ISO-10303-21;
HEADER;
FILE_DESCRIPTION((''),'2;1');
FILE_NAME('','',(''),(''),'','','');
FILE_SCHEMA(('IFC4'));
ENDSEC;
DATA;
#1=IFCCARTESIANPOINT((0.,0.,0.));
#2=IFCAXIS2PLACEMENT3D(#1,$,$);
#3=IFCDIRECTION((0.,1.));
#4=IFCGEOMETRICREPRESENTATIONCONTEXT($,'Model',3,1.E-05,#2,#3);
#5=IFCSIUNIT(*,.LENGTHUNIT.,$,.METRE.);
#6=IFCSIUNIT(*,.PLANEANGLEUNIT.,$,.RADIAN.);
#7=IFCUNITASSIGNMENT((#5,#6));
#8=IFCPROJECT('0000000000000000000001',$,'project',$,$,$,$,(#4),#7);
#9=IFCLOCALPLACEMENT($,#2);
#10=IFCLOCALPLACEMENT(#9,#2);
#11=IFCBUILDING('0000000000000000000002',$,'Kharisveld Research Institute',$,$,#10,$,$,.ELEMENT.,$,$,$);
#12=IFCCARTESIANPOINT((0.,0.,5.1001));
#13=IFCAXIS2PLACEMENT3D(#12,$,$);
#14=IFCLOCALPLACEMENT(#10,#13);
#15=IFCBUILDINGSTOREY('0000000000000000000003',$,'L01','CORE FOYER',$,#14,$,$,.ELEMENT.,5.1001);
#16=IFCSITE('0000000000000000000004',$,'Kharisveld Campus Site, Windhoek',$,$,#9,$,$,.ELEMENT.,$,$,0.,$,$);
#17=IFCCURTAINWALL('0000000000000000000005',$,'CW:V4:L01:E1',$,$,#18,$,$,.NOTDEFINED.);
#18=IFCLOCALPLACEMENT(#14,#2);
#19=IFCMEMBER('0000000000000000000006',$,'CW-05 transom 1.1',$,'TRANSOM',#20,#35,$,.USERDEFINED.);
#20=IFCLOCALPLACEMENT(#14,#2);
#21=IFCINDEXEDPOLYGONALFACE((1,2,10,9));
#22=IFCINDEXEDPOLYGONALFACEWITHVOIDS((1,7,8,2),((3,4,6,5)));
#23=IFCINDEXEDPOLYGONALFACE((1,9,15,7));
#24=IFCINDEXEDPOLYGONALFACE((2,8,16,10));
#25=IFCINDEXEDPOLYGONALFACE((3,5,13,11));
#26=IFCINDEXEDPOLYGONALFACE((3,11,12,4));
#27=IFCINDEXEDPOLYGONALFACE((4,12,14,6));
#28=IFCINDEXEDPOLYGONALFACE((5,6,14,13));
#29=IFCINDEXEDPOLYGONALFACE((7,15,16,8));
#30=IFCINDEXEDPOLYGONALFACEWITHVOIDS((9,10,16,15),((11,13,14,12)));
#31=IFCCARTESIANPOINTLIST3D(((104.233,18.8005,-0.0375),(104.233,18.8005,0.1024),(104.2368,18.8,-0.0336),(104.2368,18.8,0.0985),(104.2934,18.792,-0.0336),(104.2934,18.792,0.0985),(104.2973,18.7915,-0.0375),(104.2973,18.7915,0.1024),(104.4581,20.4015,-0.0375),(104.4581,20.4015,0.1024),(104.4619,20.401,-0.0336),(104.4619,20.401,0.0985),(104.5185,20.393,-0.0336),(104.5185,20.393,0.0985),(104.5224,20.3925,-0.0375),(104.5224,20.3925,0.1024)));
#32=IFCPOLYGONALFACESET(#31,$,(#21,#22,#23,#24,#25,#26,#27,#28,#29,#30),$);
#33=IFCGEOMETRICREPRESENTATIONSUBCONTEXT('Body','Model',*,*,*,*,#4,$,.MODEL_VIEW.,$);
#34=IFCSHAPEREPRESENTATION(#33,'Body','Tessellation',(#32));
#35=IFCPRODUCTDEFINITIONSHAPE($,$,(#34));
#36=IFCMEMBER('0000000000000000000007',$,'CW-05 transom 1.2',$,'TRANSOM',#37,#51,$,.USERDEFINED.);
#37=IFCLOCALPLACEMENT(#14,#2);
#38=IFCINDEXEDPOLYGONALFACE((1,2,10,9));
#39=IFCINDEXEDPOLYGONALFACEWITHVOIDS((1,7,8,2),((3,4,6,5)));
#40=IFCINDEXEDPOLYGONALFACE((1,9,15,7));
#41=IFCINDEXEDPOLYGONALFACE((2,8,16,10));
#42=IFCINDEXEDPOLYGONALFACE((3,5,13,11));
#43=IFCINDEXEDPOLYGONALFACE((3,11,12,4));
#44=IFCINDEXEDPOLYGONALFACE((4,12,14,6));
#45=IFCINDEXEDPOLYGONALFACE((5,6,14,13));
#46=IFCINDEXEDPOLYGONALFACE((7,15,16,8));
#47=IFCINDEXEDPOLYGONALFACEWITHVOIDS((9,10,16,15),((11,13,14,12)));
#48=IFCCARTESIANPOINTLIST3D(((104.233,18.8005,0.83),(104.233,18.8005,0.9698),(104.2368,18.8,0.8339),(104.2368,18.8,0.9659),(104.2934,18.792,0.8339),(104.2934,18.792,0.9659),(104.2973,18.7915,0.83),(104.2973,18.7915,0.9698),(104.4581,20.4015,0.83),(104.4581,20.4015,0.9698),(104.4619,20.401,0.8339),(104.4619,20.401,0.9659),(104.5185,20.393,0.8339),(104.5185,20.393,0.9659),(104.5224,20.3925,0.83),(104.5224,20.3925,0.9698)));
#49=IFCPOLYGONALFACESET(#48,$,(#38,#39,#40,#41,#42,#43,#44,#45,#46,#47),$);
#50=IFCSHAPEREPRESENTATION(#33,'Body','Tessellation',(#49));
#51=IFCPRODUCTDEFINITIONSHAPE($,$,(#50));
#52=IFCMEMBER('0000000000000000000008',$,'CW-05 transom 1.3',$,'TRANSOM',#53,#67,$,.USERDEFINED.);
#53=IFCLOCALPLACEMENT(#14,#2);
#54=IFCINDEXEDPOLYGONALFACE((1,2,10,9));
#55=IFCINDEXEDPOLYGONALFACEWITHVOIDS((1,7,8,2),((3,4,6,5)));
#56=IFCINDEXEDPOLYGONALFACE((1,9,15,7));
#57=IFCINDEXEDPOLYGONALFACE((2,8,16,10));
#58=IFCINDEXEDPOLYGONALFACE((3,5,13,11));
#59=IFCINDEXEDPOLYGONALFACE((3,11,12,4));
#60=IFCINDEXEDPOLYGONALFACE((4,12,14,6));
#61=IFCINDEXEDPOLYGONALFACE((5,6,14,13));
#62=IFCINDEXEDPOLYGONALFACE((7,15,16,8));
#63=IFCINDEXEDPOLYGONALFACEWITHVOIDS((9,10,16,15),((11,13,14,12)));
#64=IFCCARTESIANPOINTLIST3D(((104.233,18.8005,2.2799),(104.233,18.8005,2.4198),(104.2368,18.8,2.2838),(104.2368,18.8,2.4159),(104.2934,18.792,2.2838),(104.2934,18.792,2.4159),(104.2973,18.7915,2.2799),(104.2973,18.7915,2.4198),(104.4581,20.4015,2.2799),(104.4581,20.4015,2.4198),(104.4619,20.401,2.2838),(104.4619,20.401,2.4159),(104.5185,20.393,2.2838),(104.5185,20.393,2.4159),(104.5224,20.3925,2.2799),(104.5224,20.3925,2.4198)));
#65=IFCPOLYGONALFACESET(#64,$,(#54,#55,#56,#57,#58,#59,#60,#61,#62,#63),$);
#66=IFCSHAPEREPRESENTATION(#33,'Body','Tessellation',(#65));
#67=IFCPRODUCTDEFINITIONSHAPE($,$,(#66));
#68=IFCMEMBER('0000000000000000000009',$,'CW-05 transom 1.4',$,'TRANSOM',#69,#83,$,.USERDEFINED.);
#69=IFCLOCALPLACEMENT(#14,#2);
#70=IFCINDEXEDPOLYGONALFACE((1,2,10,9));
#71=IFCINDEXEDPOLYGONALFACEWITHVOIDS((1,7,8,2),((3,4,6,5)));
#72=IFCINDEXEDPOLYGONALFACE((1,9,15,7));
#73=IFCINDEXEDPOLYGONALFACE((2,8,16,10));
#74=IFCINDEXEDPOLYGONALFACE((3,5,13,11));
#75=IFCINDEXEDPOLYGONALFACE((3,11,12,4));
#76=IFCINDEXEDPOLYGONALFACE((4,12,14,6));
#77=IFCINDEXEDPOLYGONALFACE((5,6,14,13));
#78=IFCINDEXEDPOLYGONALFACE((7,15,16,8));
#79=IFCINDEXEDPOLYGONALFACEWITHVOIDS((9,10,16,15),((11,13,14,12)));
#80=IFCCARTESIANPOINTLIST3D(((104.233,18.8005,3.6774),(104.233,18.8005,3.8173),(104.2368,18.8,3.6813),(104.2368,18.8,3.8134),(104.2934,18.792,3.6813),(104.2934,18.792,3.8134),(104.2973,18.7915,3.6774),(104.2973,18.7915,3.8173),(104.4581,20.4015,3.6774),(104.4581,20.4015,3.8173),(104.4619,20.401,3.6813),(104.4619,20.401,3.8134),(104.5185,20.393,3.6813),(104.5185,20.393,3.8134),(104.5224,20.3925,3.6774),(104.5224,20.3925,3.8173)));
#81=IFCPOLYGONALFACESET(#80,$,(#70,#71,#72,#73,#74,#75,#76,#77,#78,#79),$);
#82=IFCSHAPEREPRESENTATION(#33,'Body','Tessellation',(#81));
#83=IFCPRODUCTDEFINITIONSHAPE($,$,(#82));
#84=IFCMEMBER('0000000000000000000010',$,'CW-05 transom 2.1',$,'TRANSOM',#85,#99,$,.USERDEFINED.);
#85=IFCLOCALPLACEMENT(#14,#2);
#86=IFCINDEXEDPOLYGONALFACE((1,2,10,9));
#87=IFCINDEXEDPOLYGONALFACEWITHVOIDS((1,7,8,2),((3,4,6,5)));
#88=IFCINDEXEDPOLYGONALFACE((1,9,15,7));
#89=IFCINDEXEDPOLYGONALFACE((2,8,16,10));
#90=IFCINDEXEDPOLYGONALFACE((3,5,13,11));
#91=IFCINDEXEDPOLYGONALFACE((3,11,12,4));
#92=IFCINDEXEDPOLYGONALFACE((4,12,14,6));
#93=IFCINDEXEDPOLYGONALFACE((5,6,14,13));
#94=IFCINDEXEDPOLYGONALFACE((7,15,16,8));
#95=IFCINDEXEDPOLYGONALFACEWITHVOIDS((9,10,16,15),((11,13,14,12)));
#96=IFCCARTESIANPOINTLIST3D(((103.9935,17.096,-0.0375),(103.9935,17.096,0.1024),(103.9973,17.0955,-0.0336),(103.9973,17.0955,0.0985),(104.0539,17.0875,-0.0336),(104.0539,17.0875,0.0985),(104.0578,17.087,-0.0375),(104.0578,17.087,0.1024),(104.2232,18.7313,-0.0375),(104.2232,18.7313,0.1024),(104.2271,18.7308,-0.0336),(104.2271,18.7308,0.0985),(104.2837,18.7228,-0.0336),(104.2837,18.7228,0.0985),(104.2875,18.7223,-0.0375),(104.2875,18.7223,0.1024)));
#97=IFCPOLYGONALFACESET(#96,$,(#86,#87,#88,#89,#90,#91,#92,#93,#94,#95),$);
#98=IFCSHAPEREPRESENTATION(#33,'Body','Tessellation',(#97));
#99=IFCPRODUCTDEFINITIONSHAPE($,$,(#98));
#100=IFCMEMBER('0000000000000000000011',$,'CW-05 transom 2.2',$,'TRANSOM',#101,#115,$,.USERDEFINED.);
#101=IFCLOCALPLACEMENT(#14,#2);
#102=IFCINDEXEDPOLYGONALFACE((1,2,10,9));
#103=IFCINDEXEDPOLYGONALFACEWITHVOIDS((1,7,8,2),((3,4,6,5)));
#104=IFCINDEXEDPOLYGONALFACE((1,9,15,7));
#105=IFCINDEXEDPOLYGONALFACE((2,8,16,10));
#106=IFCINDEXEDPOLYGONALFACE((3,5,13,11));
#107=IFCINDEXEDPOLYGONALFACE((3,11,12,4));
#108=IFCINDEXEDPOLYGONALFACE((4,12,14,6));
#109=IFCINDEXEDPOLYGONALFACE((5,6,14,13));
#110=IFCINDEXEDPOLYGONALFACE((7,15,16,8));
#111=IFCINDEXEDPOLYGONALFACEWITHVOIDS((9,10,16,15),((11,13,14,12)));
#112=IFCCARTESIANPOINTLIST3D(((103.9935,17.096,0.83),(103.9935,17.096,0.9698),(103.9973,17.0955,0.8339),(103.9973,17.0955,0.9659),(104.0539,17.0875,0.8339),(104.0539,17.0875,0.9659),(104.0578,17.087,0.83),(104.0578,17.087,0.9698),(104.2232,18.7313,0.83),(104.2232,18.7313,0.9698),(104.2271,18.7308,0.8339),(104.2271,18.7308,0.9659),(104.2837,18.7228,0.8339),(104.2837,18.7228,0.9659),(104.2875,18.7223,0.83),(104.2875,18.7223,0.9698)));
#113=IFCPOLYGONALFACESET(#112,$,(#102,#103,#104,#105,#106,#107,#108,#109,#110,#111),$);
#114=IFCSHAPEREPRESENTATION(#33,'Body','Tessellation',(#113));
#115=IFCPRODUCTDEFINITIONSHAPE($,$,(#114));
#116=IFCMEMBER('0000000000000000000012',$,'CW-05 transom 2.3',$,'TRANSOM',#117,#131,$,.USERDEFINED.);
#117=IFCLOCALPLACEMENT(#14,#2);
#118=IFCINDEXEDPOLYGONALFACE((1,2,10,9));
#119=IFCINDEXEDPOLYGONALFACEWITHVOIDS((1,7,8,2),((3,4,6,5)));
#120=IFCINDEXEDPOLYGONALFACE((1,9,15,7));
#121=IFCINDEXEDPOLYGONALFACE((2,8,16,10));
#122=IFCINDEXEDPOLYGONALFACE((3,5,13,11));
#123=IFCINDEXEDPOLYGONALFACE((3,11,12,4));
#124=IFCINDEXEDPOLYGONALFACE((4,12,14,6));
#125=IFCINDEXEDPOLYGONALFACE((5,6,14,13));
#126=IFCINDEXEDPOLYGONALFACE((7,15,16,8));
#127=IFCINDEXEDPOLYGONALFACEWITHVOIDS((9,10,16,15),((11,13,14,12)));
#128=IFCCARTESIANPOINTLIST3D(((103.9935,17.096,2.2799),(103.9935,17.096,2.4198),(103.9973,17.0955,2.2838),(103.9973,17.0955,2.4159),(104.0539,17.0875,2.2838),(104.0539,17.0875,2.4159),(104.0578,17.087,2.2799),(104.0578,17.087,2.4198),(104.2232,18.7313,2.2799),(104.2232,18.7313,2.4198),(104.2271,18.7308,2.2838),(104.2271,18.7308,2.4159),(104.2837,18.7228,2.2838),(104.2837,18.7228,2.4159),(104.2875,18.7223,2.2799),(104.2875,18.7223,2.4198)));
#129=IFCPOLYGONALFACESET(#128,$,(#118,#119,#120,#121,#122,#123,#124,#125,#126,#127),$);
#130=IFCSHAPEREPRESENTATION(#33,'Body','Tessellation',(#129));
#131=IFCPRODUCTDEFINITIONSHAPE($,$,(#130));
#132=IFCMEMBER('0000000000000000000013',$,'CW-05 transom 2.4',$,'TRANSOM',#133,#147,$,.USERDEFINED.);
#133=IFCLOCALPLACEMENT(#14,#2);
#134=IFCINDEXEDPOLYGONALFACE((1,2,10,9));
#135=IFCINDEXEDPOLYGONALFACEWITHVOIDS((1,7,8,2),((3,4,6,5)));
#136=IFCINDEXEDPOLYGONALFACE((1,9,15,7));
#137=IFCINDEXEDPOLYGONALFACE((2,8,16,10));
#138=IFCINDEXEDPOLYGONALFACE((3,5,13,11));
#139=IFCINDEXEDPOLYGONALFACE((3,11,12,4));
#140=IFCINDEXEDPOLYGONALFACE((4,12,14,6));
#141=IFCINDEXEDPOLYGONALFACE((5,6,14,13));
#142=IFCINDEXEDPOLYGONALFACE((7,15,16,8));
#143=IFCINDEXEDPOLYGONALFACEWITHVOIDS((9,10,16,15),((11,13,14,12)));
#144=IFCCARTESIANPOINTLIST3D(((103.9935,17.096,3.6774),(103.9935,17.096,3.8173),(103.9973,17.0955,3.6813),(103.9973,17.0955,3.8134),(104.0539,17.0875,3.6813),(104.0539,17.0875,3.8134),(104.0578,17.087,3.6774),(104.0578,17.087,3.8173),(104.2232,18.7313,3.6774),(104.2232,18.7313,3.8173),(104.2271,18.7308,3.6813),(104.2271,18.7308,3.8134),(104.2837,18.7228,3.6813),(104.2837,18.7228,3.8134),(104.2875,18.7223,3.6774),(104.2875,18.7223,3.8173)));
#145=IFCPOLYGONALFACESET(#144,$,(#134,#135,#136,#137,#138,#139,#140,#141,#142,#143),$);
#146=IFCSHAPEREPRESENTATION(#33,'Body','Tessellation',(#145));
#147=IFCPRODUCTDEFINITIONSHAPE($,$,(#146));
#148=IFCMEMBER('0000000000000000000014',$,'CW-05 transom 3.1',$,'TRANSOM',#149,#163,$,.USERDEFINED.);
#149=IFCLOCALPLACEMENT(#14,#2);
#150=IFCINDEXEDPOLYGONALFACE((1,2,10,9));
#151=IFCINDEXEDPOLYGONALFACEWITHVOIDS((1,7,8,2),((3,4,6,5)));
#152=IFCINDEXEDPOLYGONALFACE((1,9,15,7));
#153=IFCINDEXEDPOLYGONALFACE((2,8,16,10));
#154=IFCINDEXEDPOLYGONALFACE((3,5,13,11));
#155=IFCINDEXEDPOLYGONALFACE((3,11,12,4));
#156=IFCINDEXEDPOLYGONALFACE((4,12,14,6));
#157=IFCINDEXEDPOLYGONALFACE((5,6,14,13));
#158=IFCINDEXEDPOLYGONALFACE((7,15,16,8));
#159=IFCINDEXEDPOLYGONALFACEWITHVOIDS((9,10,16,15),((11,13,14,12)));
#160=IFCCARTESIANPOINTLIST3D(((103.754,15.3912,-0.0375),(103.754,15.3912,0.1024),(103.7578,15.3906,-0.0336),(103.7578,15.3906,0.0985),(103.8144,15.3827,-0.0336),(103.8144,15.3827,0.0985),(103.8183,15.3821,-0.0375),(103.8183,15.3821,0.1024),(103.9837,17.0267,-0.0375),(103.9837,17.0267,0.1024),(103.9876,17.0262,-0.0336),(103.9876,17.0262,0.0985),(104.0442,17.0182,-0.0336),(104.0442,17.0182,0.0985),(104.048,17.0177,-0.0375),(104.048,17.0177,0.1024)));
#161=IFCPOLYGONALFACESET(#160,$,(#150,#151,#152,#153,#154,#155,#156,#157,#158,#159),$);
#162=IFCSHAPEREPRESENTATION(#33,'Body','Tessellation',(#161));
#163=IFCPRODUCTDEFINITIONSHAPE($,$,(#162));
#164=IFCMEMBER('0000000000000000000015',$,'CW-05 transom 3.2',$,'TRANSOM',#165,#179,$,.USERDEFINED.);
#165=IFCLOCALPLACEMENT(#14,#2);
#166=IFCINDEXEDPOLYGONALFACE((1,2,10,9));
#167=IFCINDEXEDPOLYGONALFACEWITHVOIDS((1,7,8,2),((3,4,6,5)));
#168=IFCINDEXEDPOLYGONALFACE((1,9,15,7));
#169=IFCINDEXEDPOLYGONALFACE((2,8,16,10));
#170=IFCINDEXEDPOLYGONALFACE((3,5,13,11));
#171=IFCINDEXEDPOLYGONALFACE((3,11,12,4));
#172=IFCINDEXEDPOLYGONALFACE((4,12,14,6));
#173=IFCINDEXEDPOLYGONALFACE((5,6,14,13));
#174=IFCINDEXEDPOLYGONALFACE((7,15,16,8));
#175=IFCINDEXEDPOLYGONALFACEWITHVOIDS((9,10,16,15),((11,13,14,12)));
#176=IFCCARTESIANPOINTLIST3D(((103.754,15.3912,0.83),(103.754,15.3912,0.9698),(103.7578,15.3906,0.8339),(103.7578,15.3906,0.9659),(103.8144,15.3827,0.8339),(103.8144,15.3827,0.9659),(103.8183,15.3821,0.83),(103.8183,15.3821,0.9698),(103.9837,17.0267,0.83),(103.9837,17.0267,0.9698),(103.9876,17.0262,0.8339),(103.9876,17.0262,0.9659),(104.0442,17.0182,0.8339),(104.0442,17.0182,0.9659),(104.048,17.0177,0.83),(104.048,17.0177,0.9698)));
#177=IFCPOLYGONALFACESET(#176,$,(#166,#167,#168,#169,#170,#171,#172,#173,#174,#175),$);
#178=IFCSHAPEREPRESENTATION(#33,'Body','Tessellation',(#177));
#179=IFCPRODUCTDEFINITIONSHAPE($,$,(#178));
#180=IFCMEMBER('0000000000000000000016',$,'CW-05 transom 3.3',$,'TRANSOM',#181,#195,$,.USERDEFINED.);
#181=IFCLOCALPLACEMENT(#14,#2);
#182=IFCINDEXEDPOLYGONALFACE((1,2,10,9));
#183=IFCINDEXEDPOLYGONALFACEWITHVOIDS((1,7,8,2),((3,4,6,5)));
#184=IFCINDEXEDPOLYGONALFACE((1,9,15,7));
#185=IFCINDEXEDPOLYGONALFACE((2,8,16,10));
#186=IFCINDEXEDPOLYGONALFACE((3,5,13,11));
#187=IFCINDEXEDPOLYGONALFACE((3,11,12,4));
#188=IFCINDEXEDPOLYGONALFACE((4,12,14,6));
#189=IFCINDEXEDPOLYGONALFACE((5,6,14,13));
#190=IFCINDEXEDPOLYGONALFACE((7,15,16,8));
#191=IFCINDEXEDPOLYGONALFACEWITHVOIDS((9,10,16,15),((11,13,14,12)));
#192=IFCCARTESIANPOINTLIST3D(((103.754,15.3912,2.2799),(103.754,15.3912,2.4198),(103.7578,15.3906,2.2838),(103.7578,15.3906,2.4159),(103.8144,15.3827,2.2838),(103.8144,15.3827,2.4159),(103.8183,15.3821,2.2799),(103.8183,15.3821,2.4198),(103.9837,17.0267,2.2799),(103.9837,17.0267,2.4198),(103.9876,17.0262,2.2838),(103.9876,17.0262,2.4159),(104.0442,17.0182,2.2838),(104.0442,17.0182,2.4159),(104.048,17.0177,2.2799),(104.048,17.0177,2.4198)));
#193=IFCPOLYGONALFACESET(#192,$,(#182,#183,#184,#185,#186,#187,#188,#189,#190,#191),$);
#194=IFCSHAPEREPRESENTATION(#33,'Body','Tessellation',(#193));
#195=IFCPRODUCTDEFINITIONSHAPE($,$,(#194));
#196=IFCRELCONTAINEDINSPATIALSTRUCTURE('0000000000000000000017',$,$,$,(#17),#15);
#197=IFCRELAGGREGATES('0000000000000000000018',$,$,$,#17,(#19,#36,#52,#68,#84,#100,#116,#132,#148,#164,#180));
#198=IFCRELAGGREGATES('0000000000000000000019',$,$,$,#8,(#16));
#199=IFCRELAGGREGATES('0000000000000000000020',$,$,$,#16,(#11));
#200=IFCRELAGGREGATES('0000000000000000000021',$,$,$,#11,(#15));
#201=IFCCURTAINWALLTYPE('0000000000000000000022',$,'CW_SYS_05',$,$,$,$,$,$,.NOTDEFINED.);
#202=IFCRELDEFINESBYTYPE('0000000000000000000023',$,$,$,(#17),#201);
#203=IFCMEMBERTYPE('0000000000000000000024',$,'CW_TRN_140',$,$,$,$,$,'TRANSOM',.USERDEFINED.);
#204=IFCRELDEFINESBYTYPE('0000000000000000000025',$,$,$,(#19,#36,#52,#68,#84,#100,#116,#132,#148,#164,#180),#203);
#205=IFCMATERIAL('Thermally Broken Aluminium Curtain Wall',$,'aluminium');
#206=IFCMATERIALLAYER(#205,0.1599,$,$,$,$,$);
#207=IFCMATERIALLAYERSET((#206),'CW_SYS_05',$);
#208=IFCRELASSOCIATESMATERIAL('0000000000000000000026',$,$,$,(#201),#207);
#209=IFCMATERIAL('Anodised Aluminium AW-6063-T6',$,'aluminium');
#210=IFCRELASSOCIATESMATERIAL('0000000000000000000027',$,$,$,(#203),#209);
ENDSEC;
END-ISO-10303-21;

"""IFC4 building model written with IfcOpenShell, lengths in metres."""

from ifc_helpers import new_model, si_unit, direction, frame, origin, origin_2d, place, context, subcontext, project, spatial, hollow_rectangle, extrude, material, layer, layer_set, material_profile, profile_set, type_object, element, aggregate, save


model = new_model("IFC4")

# Units and contexts
model_context = context("Model", 3, precision=1e-05, world=origin(), true_north=direction((0.0, 1.0)))
body_context = subcontext(model_context, "Body", "Model", "MODEL_VIEW")
ifc_project = project(units=[si_unit("LENGTHUNIT", "METRE"), si_unit("PLANEANGLEUNIT", "RADIAN")], contexts=[model_context])

# Site, building, storey
site_placement = place(None, origin())
site = spatial("IfcSite", under=ifc_project, at=site_placement, Name="Kharisveld Campus Site, Windhoek", CompositionType="ELEMENT", RefElevation=0.0)
building_placement = place(site_placement, origin())
building = spatial("IfcBuilding", under=site, at=building_placement, Name="Kharisveld Research Institute", CompositionType="ELEMENT")
storey_placement = place(building_placement, frame((0.0, 0.0, 5.1001)))
storey = spatial("IfcBuildingStorey", under=building, at=storey_placement, Name="L01", Description="CORE FOYER", CompositionType="ELEMENT", Elevation=5.1001)

# Curtain wall, members
ifc_material_1 = material(Name="Thermally Broken Aluminium Curtain Wall", Category="aluminium")
ifc_layer_1 = layer(ifc_material_1, 0.1599)
ifc_layer_set_1 = layer_set([ifc_layer_1], Name="CW_SYS_05")
curtain_wall_type = type_object("IfcCurtainWallType", Name="CW_SYS_05", PredefinedType="NOTDEFINED", material=ifc_layer_set_1)
curtain_wall_placement = place(storey_placement, origin())
curtain_wall = element("IfcCurtainWall", 1, at=curtain_wall_placement, inside=storey, type_object=curtain_wall_type, Name="CW:V4:L01:E1", PredefinedType="NOTDEFINED")
ifc_material_2 = material(Name="Anodised Aluminium AW-6063-T6", Category="aluminium")
ifc_material_profile_1 = material_profile(ifc_material_2, hollow_rectangle(XDim=0.0649, YDim=0.1399, WallThickness=0.0039, at=origin_2d()))
ifc_profile_set_1 = profile_set([ifc_material_profile_1], Name="Anodised Aluminium AW-6063-T6")
member_type_1 = type_object("IfcMemberType", Name="CW_TRN_140", ElementType="TRANSOM", PredefinedType="USERDEFINED", material=ifc_profile_set_1)
member_1_placement = place(storey_placement, frame((104.4902, 20.397, 0.0325), z_axis=(-0.139243, -0.990258, 0.0), x_axis=(0.990258, -0.139243, 0.0)))
member_1 = element("IfcMember", 2, at=member_1_placement, type_object=member_type_1, Name="CW-05 transom 1.1", ObjectType="TRANSOM", PredefinedType="USERDEFINED", context=body_context, shape_type="SweptSolid", body=[
    extrude(hollow_rectangle(XDim=0.0649, YDim=0.1399, WallThickness=0.0039, at=origin_2d()), origin(), (0.0, 0.0, 1.0), 1.6167),
])
member_2_placement = place(storey_placement, frame((104.4902, 20.397, 0.8999), z_axis=(-0.139243, -0.990258, 0.0), x_axis=(0.990258, -0.139243, 0.0)))
member_2 = element("IfcMember", 3, at=member_2_placement, type_object=member_type_1, Name="CW-05 transom 1.2", ObjectType="TRANSOM", PredefinedType="USERDEFINED", context=body_context, shape_type="SweptSolid", body=[
    extrude(hollow_rectangle(XDim=0.0649, YDim=0.1399, WallThickness=0.0039, at=origin_2d()), origin(), (0.0, 0.0, 1.0), 1.6167),
])
member_3_placement = place(storey_placement, frame((104.4902, 20.397, 2.3499), z_axis=(-0.139243, -0.990258, 0.0), x_axis=(0.990258, -0.139243, 0.0)))
member_3 = element("IfcMember", 4, at=member_3_placement, type_object=member_type_1, Name="CW-05 transom 1.3", ObjectType="TRANSOM", PredefinedType="USERDEFINED", context=body_context, shape_type="SweptSolid", body=[
    extrude(hollow_rectangle(XDim=0.0649, YDim=0.1399, WallThickness=0.0039, at=origin_2d()), origin(), (0.0, 0.0, 1.0), 1.6167),
])
member_4_placement = place(storey_placement, frame((104.4902, 20.397, 3.7473), z_axis=(-0.139243, -0.990258, 0.0), x_axis=(0.990258, -0.139243, 0.0)))
member_4 = element("IfcMember", 5, at=member_4_placement, type_object=member_type_1, Name="CW-05 transom 1.4", ObjectType="TRANSOM", PredefinedType="USERDEFINED", context=body_context, shape_type="SweptSolid", body=[
    extrude(hollow_rectangle(XDim=0.0649, YDim=0.1399, WallThickness=0.0039, at=origin_2d()), origin(), (0.0, 0.0, 1.0), 1.6167),
])
member_5_placement = place(storey_placement, frame((104.2554, 18.7268, 0.0325), z_axis=(-0.139123, -0.990275, 0.0), x_axis=(0.990275, -0.139123, 0.0)))
member_5 = element("IfcMember", 6, at=member_5_placement, type_object=member_type_1, Name="CW-05 transom 2.1", ObjectType="TRANSOM", PredefinedType="USERDEFINED", context=body_context, shape_type="SweptSolid", body=[
    extrude(hollow_rectangle(XDim=0.0649, YDim=0.1399, WallThickness=0.0039, at=origin_2d()), origin(), (0.0, 0.0, 1.0), 1.6514),
])
member_6_placement = place(storey_placement, frame((104.2554, 18.7268, 0.8999), z_axis=(-0.139123, -0.990275, 0.0), x_axis=(0.990275, -0.139123, 0.0)))
member_6 = element("IfcMember", 7, at=member_6_placement, type_object=member_type_1, Name="CW-05 transom 2.2", ObjectType="TRANSOM", PredefinedType="USERDEFINED", context=body_context, shape_type="SweptSolid", body=[
    extrude(hollow_rectangle(XDim=0.0649, YDim=0.1399, WallThickness=0.0039, at=origin_2d()), origin(), (0.0, 0.0, 1.0), 1.6514),
])
member_7_placement = place(storey_placement, frame((104.2554, 18.7268, 2.3499), z_axis=(-0.139123, -0.990275, 0.0), x_axis=(0.990275, -0.139123, 0.0)))
member_7 = element("IfcMember", 8, at=member_7_placement, type_object=member_type_1, Name="CW-05 transom 2.3", ObjectType="TRANSOM", PredefinedType="USERDEFINED", context=body_context, shape_type="SweptSolid", body=[
    extrude(hollow_rectangle(XDim=0.0649, YDim=0.1399, WallThickness=0.0039, at=origin_2d()), origin(), (0.0, 0.0, 1.0), 1.6514),
])
member_8_placement = place(storey_placement, frame((104.2554, 18.7268, 3.7473), z_axis=(-0.139123, -0.990275, 0.0), x_axis=(0.990275, -0.139123, 0.0)))
member_8 = element("IfcMember", 9, at=member_8_placement, type_object=member_type_1, Name="CW-05 transom 2.4", ObjectType="TRANSOM", PredefinedType="USERDEFINED", context=body_context, shape_type="SweptSolid", body=[
    extrude(hollow_rectangle(XDim=0.0649, YDim=0.1399, WallThickness=0.0039, at=origin_2d()), origin(), (0.0, 0.0, 1.0), 1.6514),
])
member_9_placement = place(storey_placement, frame((104.0159, 17.0222, 0.0325), z_axis=(-0.139103, -0.990278, 0.0), x_axis=(0.990278, -0.139103, 0.0)))
member_9 = element("IfcMember", 10, at=member_9_placement, type_object=member_type_1, Name="CW-05 transom 3.1", ObjectType="TRANSOM", PredefinedType="USERDEFINED", context=body_context, shape_type="SweptSolid", body=[
    extrude(hollow_rectangle(XDim=0.0649, YDim=0.1399, WallThickness=0.0039, at=origin_2d()), origin(), (0.0, 0.0, 1.0), 1.6516),
])
member_10_placement = place(storey_placement, frame((104.0159, 17.0222, 0.8999), z_axis=(-0.139103, -0.990278, 0.0), x_axis=(0.990278, -0.139103, 0.0)))
member_10 = element("IfcMember", 11, at=member_10_placement, type_object=member_type_1, Name="CW-05 transom 3.2", ObjectType="TRANSOM", PredefinedType="USERDEFINED", context=body_context, shape_type="SweptSolid", body=[
    extrude(hollow_rectangle(XDim=0.0649, YDim=0.1399, WallThickness=0.0039, at=origin_2d()), origin(), (0.0, 0.0, 1.0), 1.6516),
])
member_11_placement = place(storey_placement, frame((104.0159, 17.0222, 2.3499), z_axis=(-0.139103, -0.990278, 0.0), x_axis=(0.990278, -0.139103, 0.0)))
member_11 = element("IfcMember", 12, at=member_11_placement, type_object=member_type_1, Name="CW-05 transom 3.3", ObjectType="TRANSOM", PredefinedType="USERDEFINED", context=body_context, shape_type="SweptSolid", body=[
    extrude(hollow_rectangle(XDim=0.0649, YDim=0.1399, WallThickness=0.0039, at=origin_2d()), origin(), (0.0, 0.0, 1.0), 1.6516),
])

aggregate(curtain_wall, [member_1, member_2, member_3, member_4, member_5, member_6, member_7, member_8, member_9, member_10, member_11])

save(model, "model.ifc")
